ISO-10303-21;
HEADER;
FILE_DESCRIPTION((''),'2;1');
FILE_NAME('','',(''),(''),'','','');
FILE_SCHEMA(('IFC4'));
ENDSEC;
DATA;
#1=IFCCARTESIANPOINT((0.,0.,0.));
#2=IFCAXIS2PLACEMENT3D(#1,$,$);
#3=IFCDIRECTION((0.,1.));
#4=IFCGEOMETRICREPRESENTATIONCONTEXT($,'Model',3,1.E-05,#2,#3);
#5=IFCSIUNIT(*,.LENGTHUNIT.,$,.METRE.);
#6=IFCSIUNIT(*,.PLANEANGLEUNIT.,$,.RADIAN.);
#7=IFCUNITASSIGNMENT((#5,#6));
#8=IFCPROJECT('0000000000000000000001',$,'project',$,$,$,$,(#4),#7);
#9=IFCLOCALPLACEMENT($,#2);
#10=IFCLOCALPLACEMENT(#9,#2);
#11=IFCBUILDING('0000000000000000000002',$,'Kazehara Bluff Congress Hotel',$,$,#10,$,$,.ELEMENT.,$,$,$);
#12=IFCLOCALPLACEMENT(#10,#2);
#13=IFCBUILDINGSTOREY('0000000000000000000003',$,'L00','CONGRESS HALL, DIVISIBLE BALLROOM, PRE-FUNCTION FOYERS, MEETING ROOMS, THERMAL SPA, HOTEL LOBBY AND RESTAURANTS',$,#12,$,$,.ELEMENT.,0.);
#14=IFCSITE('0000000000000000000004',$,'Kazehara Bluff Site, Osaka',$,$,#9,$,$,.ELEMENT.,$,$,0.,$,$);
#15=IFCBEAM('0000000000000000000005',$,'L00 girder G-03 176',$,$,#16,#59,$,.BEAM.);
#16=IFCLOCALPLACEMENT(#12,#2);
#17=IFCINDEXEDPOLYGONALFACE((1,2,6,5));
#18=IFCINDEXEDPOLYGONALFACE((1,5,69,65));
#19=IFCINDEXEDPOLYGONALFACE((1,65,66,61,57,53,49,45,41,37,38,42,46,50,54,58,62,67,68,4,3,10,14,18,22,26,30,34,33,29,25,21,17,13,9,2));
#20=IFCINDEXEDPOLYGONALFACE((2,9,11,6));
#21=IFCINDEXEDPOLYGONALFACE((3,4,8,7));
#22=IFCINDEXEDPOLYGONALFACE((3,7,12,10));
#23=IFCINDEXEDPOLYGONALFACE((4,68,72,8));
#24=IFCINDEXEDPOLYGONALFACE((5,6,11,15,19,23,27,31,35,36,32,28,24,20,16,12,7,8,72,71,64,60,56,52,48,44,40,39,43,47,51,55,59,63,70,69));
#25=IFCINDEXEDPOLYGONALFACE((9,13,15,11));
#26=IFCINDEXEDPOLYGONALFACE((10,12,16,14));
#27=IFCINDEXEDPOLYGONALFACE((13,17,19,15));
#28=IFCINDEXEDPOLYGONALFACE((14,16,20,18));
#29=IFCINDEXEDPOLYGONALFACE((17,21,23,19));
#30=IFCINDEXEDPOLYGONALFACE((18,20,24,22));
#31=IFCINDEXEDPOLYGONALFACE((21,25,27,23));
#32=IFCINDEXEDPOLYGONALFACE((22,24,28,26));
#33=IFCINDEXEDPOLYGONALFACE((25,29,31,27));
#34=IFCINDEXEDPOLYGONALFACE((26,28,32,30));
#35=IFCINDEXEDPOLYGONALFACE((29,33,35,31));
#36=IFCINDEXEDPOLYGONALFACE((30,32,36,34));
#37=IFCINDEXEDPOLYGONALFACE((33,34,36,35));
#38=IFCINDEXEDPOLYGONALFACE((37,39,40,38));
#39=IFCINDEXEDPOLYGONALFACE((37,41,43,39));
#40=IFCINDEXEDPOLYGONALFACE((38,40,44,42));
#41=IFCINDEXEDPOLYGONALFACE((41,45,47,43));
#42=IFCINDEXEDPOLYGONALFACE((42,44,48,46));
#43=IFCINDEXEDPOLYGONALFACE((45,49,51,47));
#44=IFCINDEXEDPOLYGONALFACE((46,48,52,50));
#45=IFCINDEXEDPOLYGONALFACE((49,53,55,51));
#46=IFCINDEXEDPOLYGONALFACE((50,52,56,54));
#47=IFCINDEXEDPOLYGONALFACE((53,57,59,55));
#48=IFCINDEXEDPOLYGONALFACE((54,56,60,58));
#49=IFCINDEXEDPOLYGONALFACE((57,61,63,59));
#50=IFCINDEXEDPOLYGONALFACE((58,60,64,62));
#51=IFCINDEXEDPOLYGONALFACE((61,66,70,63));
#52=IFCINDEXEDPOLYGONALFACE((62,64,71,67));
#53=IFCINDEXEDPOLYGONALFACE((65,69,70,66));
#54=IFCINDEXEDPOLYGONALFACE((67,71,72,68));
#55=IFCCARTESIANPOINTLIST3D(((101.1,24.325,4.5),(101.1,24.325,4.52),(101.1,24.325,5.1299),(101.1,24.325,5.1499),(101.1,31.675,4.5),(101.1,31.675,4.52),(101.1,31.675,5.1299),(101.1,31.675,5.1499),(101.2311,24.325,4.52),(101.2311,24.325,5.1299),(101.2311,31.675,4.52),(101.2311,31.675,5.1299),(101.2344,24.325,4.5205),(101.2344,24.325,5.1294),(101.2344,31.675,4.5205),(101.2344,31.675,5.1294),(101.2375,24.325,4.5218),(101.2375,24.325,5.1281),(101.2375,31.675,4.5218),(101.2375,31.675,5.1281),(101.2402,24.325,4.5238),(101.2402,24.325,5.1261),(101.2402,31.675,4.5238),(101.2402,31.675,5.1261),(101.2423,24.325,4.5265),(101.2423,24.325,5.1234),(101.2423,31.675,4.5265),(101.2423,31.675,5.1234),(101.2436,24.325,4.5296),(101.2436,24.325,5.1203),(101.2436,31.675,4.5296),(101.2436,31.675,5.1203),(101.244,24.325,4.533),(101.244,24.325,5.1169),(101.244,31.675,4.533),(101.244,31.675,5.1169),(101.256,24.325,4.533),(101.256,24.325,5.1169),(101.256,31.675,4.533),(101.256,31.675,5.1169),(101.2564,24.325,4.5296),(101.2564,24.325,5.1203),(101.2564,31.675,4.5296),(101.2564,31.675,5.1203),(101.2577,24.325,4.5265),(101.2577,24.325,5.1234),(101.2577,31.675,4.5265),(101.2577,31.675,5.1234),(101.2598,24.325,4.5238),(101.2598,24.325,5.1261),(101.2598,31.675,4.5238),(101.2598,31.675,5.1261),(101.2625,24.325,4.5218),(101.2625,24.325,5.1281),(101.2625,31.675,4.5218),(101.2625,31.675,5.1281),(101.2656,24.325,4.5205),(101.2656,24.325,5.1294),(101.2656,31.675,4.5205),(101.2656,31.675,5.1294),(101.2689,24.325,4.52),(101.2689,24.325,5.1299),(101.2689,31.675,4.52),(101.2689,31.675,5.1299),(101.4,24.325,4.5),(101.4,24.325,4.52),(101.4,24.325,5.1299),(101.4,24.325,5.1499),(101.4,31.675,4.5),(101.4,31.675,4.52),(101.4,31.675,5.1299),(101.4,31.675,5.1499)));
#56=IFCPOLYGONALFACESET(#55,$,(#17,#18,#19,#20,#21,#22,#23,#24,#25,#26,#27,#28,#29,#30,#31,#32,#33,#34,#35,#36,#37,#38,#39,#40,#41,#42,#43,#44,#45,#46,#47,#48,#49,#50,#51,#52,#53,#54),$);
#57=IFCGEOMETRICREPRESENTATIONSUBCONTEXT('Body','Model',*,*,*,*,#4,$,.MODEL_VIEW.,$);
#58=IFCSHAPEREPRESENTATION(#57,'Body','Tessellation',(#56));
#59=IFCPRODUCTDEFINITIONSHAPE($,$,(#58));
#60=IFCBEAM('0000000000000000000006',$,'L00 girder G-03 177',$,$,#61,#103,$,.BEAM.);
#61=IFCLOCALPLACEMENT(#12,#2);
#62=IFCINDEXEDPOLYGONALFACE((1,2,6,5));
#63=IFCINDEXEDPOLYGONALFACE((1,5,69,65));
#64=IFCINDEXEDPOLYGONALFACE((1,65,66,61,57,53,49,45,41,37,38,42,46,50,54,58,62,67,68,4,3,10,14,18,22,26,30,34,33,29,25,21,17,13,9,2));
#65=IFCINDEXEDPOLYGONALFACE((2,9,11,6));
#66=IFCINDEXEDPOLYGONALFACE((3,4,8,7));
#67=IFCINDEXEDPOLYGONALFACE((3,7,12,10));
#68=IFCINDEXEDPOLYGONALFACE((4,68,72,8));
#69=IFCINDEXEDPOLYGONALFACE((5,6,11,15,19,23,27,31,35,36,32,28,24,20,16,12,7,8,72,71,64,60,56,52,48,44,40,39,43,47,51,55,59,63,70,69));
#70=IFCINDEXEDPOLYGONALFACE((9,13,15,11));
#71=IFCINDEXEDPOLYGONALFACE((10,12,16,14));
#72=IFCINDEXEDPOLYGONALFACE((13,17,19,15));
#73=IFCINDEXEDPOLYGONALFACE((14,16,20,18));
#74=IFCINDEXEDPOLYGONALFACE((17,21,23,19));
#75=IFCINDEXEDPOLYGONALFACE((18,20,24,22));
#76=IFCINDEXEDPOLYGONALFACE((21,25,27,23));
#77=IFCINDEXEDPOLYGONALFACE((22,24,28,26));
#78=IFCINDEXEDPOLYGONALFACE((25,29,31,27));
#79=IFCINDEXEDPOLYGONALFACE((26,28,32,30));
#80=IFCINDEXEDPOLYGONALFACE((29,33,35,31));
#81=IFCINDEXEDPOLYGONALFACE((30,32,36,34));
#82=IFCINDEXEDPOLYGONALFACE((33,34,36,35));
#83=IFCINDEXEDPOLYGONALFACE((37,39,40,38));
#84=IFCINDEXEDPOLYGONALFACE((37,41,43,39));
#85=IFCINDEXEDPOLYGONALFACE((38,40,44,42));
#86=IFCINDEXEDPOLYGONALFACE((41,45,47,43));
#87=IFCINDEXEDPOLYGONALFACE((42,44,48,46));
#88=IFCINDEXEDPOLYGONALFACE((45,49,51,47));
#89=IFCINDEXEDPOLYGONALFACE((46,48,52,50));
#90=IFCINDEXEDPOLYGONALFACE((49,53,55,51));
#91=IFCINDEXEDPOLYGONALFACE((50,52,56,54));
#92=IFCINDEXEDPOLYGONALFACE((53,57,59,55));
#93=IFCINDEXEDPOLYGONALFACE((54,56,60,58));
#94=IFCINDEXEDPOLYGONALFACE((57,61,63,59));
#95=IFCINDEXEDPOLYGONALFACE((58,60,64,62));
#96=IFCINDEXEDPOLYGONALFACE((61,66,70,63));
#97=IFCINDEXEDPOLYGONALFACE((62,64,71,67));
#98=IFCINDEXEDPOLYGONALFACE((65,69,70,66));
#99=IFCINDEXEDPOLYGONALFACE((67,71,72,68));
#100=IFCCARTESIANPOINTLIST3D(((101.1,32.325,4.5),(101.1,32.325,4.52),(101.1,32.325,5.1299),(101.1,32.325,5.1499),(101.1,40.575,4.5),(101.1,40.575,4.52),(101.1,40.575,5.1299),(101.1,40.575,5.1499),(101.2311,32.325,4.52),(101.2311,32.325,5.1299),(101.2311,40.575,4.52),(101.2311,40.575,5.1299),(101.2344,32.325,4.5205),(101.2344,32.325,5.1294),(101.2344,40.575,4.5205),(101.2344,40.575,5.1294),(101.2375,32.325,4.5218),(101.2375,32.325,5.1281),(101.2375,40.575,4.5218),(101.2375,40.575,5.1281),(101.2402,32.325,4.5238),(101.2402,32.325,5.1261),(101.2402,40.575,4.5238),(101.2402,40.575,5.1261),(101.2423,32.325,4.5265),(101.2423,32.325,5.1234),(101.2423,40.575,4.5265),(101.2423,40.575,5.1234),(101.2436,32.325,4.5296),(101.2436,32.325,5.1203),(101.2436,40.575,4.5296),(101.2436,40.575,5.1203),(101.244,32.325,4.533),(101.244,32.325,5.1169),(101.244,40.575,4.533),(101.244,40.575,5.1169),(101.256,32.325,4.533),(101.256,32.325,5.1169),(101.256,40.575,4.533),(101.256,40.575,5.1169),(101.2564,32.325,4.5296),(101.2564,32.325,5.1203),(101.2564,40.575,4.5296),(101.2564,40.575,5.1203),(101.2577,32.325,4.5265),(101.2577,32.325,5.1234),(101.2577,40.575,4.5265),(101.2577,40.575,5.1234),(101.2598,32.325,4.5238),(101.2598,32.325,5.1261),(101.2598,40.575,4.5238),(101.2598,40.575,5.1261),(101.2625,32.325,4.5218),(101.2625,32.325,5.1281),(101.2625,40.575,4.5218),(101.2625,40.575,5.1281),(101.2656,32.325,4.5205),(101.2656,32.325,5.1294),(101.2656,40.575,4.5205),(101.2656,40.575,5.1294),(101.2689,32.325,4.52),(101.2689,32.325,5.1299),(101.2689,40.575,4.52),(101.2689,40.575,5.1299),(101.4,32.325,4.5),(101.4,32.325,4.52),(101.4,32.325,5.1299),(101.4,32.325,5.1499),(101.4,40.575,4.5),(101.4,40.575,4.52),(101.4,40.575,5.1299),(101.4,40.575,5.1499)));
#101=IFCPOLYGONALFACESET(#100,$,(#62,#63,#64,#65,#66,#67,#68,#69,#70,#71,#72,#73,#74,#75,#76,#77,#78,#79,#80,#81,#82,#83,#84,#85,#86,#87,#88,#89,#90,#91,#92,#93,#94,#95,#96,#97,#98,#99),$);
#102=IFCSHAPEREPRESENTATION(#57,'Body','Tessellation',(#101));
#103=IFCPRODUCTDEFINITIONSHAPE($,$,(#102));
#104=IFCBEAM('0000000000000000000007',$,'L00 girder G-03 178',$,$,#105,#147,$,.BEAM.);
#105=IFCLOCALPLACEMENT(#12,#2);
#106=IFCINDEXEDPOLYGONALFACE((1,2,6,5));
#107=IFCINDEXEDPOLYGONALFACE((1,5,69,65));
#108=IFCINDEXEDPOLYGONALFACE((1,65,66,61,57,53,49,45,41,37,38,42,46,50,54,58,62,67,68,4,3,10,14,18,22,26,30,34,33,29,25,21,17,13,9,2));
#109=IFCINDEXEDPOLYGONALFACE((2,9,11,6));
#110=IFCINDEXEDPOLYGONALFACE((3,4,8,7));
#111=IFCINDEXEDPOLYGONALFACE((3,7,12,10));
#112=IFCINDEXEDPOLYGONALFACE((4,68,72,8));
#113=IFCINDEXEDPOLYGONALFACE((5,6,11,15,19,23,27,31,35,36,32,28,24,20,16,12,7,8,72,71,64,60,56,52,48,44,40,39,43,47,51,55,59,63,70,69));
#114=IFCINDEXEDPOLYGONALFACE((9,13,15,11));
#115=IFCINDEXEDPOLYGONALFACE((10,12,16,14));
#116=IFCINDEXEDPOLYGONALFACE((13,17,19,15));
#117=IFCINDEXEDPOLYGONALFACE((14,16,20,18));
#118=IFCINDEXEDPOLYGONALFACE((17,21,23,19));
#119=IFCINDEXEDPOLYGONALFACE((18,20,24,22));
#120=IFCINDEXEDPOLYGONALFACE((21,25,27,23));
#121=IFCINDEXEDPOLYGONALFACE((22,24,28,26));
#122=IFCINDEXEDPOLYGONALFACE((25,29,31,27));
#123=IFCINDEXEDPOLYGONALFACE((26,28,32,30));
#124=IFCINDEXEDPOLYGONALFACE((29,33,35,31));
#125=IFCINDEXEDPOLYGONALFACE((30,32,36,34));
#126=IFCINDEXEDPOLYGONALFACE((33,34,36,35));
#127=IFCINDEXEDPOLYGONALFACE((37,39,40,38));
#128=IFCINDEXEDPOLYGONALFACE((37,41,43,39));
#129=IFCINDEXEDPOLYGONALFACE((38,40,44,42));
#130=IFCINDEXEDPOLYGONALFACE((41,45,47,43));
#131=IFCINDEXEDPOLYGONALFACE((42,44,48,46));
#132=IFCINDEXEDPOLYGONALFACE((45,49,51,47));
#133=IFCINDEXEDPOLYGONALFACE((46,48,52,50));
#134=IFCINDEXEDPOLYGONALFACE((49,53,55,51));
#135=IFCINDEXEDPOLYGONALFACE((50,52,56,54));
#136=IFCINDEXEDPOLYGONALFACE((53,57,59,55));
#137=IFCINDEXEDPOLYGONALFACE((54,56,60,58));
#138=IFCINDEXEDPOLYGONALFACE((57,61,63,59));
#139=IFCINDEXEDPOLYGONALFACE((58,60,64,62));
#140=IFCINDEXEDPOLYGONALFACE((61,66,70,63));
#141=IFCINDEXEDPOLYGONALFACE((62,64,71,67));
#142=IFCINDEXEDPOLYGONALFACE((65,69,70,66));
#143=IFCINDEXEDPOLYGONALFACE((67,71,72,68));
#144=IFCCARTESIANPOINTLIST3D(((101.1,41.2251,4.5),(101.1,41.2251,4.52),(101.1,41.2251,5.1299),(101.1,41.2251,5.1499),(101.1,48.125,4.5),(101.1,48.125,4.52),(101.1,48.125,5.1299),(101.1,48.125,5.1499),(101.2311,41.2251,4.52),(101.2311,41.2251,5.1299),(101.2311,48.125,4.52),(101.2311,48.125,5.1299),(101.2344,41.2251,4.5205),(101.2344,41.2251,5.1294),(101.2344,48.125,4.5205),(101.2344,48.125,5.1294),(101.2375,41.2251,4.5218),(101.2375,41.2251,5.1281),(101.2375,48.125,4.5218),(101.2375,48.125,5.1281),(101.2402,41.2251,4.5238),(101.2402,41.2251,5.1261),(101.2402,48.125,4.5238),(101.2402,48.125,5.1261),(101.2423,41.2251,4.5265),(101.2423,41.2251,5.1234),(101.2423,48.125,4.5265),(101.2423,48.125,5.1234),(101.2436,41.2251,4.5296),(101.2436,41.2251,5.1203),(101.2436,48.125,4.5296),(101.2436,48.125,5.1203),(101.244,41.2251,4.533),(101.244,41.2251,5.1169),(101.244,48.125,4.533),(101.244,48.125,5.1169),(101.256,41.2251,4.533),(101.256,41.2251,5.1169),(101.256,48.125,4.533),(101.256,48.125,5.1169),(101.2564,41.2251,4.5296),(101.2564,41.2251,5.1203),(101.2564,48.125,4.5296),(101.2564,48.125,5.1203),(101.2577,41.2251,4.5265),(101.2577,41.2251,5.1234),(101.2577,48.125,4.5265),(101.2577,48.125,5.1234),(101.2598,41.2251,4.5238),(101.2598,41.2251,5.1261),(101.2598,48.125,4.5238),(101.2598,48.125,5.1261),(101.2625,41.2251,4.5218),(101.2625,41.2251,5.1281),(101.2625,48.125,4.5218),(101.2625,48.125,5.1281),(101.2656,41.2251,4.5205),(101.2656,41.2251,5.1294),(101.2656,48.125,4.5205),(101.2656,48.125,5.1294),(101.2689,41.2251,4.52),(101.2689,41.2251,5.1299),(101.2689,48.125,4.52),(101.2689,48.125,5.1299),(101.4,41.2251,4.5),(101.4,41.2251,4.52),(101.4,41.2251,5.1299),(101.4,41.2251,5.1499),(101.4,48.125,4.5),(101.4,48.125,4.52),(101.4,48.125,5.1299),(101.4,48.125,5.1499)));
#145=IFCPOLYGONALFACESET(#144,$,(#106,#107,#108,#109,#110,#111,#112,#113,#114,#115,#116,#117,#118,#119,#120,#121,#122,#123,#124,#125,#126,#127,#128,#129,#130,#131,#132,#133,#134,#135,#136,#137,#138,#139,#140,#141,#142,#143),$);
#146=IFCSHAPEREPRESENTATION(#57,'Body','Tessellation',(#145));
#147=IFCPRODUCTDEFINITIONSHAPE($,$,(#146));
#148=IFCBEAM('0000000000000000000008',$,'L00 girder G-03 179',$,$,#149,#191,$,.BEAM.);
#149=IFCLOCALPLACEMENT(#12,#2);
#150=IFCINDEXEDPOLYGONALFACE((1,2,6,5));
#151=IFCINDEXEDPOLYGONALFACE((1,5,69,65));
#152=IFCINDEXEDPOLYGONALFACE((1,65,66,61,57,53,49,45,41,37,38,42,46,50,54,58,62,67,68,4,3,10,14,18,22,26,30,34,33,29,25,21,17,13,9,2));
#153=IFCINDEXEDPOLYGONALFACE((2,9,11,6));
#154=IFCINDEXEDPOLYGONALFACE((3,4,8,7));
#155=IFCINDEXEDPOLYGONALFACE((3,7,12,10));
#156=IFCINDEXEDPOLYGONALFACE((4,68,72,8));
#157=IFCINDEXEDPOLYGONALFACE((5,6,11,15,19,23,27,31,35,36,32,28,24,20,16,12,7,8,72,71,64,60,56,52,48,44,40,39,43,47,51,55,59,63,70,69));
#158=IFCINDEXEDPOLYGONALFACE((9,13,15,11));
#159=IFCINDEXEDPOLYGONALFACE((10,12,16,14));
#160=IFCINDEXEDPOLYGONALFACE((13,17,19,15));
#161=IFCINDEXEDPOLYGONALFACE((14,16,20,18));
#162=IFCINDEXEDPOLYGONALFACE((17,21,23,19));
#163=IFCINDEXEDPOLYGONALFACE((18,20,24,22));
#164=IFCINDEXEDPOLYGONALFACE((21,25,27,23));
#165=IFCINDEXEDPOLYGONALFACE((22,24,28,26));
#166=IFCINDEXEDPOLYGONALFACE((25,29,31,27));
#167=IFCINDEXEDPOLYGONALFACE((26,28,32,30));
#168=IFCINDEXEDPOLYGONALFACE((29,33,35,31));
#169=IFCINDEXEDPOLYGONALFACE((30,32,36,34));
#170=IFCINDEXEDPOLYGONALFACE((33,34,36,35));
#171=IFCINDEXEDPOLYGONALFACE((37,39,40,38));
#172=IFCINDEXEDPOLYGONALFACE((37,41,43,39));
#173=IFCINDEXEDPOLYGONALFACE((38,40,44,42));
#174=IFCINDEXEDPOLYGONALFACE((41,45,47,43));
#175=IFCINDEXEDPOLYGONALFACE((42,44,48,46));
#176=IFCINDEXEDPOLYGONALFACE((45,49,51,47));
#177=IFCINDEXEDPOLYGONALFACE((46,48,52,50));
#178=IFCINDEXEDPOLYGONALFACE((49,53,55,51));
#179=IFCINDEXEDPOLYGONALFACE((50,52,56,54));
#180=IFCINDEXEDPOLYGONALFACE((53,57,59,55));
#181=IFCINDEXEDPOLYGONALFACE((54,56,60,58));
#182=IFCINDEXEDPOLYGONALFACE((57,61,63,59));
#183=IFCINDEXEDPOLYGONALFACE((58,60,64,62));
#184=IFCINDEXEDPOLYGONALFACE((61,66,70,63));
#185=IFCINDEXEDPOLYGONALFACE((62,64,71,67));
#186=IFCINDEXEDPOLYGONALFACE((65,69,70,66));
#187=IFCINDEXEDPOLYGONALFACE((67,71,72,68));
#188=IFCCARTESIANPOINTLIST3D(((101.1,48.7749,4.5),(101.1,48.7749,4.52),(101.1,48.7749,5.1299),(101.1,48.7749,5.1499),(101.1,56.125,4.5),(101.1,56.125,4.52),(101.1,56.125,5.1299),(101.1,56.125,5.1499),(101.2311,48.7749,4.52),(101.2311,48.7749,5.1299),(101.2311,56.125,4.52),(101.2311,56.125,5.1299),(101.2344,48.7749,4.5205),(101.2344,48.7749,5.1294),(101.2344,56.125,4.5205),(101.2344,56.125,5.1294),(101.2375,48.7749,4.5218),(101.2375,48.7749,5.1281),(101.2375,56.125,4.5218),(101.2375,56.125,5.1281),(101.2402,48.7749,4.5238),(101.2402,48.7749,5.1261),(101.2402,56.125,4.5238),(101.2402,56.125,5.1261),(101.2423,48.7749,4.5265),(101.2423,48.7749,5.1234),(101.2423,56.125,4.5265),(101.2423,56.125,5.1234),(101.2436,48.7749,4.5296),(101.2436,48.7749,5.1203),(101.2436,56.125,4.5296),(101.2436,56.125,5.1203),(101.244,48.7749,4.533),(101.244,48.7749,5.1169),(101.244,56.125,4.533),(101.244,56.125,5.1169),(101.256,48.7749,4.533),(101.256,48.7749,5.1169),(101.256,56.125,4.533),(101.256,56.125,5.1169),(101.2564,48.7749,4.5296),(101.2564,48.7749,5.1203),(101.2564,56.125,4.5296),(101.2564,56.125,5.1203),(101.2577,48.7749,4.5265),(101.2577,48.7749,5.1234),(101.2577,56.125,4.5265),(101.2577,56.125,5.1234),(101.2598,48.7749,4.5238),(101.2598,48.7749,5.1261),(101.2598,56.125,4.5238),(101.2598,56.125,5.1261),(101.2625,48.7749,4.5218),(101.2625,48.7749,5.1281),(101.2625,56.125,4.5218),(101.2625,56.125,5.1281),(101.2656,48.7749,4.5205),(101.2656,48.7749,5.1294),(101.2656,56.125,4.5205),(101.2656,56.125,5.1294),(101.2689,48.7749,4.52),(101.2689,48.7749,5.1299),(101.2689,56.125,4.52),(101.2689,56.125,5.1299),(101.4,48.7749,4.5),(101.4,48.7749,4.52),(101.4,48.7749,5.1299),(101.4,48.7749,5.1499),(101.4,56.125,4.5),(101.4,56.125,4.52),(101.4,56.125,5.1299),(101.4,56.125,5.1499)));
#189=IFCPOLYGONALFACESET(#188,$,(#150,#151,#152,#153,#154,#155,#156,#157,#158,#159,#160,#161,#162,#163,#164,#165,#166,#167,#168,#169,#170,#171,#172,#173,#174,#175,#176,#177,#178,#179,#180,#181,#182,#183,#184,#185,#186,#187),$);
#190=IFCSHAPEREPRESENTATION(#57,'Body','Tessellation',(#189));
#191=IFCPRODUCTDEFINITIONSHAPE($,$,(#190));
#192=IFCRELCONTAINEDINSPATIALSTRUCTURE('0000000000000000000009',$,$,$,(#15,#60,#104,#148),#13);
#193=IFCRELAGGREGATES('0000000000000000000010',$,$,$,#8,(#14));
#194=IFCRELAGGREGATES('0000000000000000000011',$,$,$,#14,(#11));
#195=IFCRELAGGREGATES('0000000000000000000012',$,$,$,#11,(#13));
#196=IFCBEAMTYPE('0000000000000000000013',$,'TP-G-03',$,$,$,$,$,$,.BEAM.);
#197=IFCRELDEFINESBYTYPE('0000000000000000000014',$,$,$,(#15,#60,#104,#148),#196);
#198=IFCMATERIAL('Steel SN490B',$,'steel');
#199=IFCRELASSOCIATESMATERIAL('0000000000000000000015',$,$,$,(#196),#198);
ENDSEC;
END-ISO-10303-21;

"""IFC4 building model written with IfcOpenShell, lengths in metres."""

from ifc_helpers import new_model, si_unit, direction, frame, origin, origin_2d, place, context, subcontext, project, spatial, i_section, extrude, material, material_profile, profile_set, type_object, element, save


model = new_model("IFC4")

# Units and contexts
model_context = context("Model", 3, precision=1e-05, world=origin(), true_north=direction((0.0, 1.0)))
body_context = subcontext(model_context, "Body", "Model", "MODEL_VIEW")
ifc_project = project(units=[si_unit("LENGTHUNIT", "METRE"), si_unit("PLANEANGLEUNIT", "RADIAN")], contexts=[model_context])

# Site, building, storey
site_placement = place(None, origin())
site = spatial("IfcSite", under=ifc_project, at=site_placement, Name="Kazehara Bluff Site, Osaka", CompositionType="ELEMENT", RefElevation=0.0)
building_placement = place(site_placement, origin())
building = spatial("IfcBuilding", under=site, at=building_placement, Name="Kazehara Bluff Congress Hotel", CompositionType="ELEMENT")
storey_placement = place(building_placement, origin())
storey = spatial("IfcBuildingStorey", under=building, at=storey_placement, Name="L00", Description="CONGRESS HALL, DIVISIBLE BALLROOM, PRE-FUNCTION FOYERS, MEETING ROOMS, THERMAL SPA, HOTEL LOBBY AND RESTAURANTS", CompositionType="ELEMENT", Elevation=0.0)

# Beams
ifc_material_1 = material(Name="Steel SN490B", Category="steel")
ifc_material_profile_1 = material_profile(ifc_material_1, i_section(OverallWidth=0.3, OverallDepth=0.6499, WebThickness=0.012, FlangeThickness=0.02, FilletRadius=0.0129, at=origin_2d()))
ifc_profile_set_1 = profile_set([ifc_material_profile_1], Name="Steel SN490B")
beam_type_1 = type_object("IfcBeamType", Name="TP-G-03", PredefinedType="BEAM", material=ifc_profile_set_1)
for number, where, z_axis, x_axis, name in (
    (1, (101.25, 24.325, 4.825), (0.0, 1.0, 0.0), (-1.0, 0.0, 0.0), "L00 girder G-03 176"),
):
    element("IfcBeam", number, at=place(storey_placement, frame(where, z_axis=z_axis, x_axis=x_axis)), inside=storey, type_object=beam_type_1, Name=name, PredefinedType="BEAM", context=body_context, shape_type="SweptSolid", body=[
        extrude(i_section(OverallWidth=0.3, OverallDepth=0.6499, WebThickness=0.012, FlangeThickness=0.02, FilletRadius=0.0129, at=origin_2d()), origin(), (0.0, 0.0, 1.0), 7.3501),
    ])
beam_1_placement = place(storey_placement, frame((101.25, 32.325, 4.825), z_axis=(0.0, 1.0, 0.0), x_axis=(-1.0, 0.0, 0.0)))
element("IfcBeam", 2, at=beam_1_placement, inside=storey, type_object=beam_type_1, Name="L00 girder G-03 177", PredefinedType="BEAM", context=body_context, shape_type="SweptSolid", body=[
    extrude(i_section(OverallWidth=0.3, OverallDepth=0.6499, WebThickness=0.012, FlangeThickness=0.02, FilletRadius=0.0129, at=origin_2d()), origin(), (0.0, 0.0, 1.0), 8.25),
])
beam_2_placement = place(storey_placement, frame((101.25, 41.2251, 4.825), z_axis=(0.0, 1.0, 0.0), x_axis=(-1.0, 0.0, 0.0)))
element("IfcBeam", 3, at=beam_2_placement, inside=storey, type_object=beam_type_1, Name="L00 girder G-03 178", PredefinedType="BEAM", context=body_context, shape_type="SweptSolid", body=[
    extrude(i_section(OverallWidth=0.3, OverallDepth=0.6499, WebThickness=0.012, FlangeThickness=0.02, FilletRadius=0.0129, at=origin_2d()), origin(), (0.0, 0.0, 1.0), 6.8999),
])
beam_3_placement = place(storey_placement, frame((101.25, 48.7749, 4.825), z_axis=(0.0, 1.0, 0.0), x_axis=(-1.0, 0.0, 0.0)))
element("IfcBeam", 4, at=beam_3_placement, inside=storey, type_object=beam_type_1, Name="L00 girder G-03 179", PredefinedType="BEAM", context=body_context, shape_type="SweptSolid", body=[
    extrude(i_section(OverallWidth=0.3, OverallDepth=0.6499, WebThickness=0.012, FlangeThickness=0.02, FilletRadius=0.0129, at=origin_2d()), origin(), (0.0, 0.0, 1.0), 7.3501),
])

save(model, "model.ifc")
